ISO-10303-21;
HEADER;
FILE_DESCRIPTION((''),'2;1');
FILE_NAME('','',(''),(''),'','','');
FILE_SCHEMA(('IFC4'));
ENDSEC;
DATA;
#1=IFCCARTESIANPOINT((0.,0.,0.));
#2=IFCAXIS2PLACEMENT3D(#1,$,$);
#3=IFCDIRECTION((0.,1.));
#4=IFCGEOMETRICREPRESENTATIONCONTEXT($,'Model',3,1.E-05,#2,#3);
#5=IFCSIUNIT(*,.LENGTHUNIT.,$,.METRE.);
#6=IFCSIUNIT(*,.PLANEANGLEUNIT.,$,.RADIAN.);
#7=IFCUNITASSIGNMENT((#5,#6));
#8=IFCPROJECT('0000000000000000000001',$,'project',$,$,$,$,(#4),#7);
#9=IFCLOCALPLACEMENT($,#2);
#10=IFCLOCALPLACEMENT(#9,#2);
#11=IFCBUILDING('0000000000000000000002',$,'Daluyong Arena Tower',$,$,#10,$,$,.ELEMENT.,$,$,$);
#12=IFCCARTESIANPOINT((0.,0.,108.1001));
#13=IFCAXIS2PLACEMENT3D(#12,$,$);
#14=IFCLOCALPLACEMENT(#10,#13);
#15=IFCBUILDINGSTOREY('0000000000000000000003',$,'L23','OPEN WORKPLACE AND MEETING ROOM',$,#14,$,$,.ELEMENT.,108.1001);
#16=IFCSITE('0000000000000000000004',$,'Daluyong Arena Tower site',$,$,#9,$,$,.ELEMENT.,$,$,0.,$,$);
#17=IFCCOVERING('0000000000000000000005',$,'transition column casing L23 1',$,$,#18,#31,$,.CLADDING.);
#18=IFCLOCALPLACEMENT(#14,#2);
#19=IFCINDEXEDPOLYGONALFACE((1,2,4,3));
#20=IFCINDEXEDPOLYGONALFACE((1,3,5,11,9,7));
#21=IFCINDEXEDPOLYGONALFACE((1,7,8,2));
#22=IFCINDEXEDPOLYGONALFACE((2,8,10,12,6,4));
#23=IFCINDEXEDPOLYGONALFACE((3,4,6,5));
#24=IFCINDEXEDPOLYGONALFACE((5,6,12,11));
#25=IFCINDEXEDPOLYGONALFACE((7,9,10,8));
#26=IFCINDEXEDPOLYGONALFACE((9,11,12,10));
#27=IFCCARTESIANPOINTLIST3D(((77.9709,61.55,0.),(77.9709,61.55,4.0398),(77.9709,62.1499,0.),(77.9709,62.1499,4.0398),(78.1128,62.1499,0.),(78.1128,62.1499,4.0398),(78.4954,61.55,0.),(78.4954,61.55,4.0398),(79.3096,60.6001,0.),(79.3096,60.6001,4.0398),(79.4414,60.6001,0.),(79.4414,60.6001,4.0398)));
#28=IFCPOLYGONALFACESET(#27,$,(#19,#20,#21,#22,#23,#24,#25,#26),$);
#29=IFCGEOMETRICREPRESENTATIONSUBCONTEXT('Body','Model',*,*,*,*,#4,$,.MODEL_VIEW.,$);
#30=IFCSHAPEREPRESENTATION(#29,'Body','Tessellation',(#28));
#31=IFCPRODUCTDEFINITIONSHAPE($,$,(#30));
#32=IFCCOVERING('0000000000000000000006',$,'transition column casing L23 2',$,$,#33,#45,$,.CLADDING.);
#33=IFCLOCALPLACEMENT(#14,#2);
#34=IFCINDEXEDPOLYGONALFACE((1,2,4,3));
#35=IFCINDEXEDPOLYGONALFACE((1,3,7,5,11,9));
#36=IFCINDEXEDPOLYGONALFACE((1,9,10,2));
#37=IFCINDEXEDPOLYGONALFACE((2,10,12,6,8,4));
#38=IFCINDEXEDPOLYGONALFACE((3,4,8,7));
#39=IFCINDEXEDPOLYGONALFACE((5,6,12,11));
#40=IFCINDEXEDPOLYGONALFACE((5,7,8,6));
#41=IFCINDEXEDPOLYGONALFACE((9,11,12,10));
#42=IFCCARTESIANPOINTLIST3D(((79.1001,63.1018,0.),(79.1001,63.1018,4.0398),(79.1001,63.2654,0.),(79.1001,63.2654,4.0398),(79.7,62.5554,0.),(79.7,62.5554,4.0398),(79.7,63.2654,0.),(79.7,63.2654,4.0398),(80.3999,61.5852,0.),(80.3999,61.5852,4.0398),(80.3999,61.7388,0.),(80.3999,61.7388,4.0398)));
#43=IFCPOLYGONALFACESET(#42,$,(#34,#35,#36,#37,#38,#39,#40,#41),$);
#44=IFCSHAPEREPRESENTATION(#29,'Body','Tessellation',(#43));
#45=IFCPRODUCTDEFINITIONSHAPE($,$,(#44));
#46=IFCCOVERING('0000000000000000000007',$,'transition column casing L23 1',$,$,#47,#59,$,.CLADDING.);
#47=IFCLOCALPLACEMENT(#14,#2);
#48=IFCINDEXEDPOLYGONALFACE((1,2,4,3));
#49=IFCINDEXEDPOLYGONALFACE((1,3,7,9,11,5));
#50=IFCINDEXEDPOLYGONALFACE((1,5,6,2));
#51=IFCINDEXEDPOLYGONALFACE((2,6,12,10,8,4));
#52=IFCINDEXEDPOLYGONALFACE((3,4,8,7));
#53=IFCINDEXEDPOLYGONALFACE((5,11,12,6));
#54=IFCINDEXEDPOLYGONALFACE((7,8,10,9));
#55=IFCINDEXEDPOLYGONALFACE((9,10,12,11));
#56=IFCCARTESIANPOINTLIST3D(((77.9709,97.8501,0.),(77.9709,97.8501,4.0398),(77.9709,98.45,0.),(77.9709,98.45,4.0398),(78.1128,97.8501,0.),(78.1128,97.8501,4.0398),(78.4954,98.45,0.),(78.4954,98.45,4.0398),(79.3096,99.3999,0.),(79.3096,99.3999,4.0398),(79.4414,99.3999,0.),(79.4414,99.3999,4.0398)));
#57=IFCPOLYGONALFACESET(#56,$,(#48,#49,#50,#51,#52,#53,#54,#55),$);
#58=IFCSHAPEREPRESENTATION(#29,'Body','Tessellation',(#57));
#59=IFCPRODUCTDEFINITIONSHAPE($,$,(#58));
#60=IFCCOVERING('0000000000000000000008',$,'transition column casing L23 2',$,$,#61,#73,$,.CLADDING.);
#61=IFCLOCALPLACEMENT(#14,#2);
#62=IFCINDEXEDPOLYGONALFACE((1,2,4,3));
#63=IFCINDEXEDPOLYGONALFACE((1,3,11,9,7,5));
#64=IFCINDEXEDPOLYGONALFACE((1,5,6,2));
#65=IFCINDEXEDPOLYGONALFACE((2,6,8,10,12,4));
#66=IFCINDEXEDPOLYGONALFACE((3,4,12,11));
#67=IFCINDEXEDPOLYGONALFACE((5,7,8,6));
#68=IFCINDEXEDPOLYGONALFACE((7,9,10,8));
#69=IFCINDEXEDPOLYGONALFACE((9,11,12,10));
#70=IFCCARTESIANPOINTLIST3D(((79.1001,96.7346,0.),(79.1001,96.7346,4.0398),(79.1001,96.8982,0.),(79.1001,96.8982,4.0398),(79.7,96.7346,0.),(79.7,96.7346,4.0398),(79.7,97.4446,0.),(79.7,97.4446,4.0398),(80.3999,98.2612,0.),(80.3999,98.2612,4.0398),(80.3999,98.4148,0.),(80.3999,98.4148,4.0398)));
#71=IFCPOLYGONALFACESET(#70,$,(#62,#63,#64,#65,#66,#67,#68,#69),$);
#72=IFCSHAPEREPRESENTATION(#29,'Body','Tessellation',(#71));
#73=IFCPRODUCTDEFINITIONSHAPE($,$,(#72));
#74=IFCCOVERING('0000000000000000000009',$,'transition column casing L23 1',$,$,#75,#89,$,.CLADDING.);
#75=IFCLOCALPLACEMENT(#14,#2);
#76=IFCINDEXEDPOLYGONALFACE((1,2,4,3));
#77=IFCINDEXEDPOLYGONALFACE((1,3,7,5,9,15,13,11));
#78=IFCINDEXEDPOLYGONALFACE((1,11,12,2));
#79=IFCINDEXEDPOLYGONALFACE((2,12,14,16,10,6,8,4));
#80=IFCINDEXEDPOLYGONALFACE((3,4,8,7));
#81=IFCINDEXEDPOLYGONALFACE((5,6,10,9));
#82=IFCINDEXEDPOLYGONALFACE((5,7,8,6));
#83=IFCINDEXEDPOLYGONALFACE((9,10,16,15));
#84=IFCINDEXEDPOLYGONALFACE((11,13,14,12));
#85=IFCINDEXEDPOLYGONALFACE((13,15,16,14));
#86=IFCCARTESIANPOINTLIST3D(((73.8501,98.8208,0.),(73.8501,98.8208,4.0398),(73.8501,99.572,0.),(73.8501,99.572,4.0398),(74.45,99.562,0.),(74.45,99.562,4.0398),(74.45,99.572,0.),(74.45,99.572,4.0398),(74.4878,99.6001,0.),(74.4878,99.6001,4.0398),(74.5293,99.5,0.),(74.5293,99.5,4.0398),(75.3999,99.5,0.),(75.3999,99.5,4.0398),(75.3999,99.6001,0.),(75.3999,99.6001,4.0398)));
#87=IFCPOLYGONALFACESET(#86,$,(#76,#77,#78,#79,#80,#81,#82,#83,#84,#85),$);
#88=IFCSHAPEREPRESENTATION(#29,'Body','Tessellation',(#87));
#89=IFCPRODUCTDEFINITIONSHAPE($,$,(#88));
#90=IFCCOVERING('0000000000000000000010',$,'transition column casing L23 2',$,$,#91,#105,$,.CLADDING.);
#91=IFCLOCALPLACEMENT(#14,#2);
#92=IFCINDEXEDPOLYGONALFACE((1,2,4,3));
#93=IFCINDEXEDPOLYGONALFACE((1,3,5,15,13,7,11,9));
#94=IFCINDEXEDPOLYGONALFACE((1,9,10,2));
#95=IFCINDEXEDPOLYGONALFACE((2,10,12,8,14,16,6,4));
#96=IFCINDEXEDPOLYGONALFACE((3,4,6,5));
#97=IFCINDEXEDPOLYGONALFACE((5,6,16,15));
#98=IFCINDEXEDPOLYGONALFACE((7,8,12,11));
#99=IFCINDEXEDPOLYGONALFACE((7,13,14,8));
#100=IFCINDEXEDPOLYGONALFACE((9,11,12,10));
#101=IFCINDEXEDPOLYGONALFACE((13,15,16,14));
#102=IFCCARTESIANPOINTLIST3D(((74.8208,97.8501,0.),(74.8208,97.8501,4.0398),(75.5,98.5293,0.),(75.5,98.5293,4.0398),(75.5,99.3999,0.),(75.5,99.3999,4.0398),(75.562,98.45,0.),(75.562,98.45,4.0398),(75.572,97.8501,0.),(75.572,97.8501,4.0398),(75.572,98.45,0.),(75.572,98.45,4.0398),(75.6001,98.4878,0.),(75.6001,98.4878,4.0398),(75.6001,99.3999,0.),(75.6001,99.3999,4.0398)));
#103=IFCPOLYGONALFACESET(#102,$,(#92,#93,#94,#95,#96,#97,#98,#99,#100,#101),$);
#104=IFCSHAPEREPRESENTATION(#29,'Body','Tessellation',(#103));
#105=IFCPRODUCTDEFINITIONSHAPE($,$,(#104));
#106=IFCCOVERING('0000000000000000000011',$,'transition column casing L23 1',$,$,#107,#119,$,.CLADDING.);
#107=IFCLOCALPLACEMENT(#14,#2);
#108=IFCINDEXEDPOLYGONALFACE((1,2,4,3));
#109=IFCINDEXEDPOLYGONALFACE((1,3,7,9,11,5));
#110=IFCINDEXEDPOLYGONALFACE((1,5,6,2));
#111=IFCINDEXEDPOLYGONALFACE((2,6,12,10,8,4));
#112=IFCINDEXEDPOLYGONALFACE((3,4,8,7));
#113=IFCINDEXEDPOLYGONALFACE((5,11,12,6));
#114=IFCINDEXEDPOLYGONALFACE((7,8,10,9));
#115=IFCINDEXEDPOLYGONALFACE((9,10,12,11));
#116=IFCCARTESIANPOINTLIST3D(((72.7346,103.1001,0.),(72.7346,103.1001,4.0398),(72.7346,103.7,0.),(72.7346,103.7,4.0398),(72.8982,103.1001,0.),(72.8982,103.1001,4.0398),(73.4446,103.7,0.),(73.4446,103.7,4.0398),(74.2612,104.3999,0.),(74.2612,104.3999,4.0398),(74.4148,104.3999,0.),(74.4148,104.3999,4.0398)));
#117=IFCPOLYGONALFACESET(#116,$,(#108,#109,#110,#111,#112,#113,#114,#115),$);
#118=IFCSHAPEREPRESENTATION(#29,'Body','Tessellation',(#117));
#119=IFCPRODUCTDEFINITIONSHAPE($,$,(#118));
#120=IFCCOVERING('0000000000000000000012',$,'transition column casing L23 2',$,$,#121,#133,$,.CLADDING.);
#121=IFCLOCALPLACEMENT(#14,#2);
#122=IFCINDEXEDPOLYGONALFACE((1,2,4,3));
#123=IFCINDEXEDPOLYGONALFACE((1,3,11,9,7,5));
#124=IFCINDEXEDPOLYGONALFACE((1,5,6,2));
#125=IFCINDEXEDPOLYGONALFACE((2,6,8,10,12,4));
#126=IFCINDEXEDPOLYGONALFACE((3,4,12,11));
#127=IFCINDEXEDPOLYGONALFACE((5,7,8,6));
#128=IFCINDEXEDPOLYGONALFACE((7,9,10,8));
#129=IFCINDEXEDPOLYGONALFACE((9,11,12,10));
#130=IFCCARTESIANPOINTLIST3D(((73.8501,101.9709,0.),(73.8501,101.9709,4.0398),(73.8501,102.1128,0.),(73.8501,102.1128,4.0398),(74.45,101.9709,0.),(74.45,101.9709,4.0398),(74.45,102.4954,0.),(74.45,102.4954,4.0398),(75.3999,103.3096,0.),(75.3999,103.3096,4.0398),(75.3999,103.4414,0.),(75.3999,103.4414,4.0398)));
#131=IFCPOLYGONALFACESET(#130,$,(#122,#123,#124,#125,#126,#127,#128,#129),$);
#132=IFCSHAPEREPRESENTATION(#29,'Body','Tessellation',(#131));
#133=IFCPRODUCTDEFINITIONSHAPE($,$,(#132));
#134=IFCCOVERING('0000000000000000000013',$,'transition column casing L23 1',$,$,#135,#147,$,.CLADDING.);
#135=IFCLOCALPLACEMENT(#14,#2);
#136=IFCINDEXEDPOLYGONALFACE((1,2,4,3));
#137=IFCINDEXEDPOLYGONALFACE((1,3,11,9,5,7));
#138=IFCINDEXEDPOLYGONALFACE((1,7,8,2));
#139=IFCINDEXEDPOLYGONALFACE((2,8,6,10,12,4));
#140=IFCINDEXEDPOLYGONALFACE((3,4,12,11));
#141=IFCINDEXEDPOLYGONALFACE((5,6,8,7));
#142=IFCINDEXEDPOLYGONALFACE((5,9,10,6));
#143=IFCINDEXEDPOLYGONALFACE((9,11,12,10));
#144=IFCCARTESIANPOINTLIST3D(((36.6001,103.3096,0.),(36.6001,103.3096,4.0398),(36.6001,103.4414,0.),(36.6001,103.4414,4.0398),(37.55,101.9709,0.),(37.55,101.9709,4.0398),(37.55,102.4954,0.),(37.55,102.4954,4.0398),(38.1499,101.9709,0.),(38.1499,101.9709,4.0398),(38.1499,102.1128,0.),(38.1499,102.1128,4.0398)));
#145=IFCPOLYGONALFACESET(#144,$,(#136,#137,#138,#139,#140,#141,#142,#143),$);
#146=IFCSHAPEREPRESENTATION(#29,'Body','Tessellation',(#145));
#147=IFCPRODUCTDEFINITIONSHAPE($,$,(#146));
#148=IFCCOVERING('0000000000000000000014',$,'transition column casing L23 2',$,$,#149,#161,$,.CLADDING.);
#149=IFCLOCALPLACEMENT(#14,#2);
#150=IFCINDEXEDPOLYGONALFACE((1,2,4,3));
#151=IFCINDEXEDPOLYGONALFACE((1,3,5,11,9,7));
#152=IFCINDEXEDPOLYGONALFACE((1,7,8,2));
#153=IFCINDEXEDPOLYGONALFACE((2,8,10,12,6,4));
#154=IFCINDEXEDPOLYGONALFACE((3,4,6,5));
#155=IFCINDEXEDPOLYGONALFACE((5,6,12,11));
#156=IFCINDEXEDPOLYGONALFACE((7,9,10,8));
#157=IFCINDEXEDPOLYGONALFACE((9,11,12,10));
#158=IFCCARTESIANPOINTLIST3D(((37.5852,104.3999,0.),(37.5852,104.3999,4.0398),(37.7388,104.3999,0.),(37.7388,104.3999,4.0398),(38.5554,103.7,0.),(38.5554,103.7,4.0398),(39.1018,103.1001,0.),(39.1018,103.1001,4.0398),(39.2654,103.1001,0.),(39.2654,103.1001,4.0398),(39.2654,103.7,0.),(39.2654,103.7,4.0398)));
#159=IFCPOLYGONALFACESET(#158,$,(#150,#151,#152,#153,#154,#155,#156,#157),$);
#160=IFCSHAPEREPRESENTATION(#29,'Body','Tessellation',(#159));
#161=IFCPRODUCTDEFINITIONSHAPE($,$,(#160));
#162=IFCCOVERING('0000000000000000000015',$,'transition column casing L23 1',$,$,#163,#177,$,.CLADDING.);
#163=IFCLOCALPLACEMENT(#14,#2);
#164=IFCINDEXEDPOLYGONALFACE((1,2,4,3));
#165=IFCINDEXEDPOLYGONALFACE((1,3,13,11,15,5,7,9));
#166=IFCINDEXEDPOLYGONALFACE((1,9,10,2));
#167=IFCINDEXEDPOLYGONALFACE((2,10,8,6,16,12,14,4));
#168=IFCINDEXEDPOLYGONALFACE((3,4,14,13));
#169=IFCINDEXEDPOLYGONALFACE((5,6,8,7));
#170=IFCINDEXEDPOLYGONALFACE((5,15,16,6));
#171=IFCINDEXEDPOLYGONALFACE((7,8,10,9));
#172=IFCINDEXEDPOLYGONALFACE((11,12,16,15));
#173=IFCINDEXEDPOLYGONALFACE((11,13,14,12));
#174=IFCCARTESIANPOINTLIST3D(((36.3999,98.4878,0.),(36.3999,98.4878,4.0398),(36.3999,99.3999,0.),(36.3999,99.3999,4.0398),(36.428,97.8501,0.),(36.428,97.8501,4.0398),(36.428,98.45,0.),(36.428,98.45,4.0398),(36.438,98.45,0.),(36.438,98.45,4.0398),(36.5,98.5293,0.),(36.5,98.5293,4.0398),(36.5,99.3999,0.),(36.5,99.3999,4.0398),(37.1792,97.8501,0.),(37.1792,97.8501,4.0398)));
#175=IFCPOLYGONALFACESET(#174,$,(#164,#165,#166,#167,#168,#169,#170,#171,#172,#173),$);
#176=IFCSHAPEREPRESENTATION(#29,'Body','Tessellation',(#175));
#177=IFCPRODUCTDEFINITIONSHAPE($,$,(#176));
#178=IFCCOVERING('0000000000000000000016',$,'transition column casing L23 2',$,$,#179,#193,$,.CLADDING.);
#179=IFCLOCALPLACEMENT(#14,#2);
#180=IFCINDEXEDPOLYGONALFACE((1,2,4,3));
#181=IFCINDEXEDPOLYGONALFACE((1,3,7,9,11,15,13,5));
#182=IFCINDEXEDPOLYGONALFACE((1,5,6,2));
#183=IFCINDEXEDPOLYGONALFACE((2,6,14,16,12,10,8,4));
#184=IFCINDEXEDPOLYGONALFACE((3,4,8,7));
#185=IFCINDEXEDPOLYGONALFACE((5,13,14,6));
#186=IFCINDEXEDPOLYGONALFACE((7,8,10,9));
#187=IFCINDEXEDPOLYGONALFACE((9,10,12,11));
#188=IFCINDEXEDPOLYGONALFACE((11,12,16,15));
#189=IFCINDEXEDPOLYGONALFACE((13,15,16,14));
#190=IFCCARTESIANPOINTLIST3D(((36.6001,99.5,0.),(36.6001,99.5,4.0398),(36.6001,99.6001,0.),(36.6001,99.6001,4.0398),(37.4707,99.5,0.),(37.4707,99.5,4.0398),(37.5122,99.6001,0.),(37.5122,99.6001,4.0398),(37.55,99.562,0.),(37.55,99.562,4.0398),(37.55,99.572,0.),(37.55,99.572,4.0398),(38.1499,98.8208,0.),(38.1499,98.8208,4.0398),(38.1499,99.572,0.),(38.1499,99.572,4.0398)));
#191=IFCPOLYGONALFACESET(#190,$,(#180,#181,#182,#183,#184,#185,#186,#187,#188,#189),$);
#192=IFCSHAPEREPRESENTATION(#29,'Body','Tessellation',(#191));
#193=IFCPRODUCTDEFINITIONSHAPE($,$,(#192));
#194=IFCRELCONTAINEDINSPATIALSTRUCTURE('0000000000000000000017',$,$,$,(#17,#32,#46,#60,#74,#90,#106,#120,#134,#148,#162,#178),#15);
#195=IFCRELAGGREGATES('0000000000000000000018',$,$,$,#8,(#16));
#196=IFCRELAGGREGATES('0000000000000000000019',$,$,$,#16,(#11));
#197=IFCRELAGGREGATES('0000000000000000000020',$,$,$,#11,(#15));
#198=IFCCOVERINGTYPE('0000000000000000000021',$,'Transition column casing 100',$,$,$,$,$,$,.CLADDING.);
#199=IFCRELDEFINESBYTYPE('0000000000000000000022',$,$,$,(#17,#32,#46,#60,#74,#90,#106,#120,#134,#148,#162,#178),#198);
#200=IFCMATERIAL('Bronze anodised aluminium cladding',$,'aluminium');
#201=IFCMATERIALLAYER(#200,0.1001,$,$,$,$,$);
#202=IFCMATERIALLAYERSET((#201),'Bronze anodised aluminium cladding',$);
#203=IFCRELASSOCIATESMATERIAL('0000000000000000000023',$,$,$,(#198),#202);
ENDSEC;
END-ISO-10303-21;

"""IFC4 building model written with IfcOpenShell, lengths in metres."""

from ifc_helpers import new_model, si_unit, direction, frame, origin, place, context, subcontext, project, spatial, polyline, outline, extrude, material, layer, layer_set, type_object, element, save


model = new_model("IFC4")

# Units and contexts
model_context = context("Model", 3, precision=1e-05, world=origin(), true_north=direction((0.0, 1.0)))
body_context = subcontext(model_context, "Body", "Model", "MODEL_VIEW")
ifc_project = project(units=[si_unit("LENGTHUNIT", "METRE"), si_unit("PLANEANGLEUNIT", "RADIAN")], contexts=[model_context])

# Site, building, storey
site_placement = place(None, origin())
site = spatial("IfcSite", under=ifc_project, at=site_placement, Name="Daluyong Arena Tower site", CompositionType="ELEMENT", RefElevation=0.0)
building_placement = place(site_placement, origin())
building = spatial("IfcBuilding", under=site, at=building_placement, Name="Daluyong Arena Tower", CompositionType="ELEMENT")
storey_placement = place(building_placement, frame((0.0, 0.0, 108.1001)))
storey = spatial("IfcBuildingStorey", under=building, at=storey_placement, Name="L23", Description="OPEN WORKPLACE AND MEETING ROOM", CompositionType="ELEMENT", Elevation=108.1001)

# Coverings
ifc_material_1 = material(Name="Bronze anodised aluminium cladding", Category="aluminium")
ifc_layer_1 = layer(ifc_material_1, 0.1001)
ifc_layer_set_1 = layer_set([ifc_layer_1], Name="Bronze anodised aluminium cladding")
covering_type = type_object("IfcCoveringType", Name="Transition column casing 100", PredefinedType="CLADDING", material=ifc_layer_set_1)
covering_1_placement = place(storey_placement, origin())
element("IfcCovering", 1, at=covering_1_placement, inside=storey, type_object=covering_type, Name="transition column casing L23 1", PredefinedType="CLADDING", context=body_context, shape_type="SweptSolid", body=[
    extrude(outline(polyline([(77.9709, 62.1499), (78.1128, 62.1499), (79.4414, 60.6001), (79.3096, 60.6001), (78.4954, 61.55), (77.9709, 61.55), (77.9709, 62.1499)])), origin(), (0.0, 0.0, 1.0), 4.0398),
])
covering_2_placement = place(storey_placement, origin())
element("IfcCovering", 2, at=covering_2_placement, inside=storey, type_object=covering_type, Name="transition column casing L23 2", PredefinedType="CLADDING", context=body_context, shape_type="SweptSolid", body=[
    extrude(outline(polyline([(79.1001, 63.1018), (79.1001, 63.2654), (79.7, 63.2654), (79.7, 62.5554), (80.3999, 61.7388), (80.3999, 61.5852), (79.1001, 63.1018)])), origin(), (0.0, 0.0, 1.0), 4.0398),
])
covering_3_placement = place(storey_placement, origin())
element("IfcCovering", 3, at=covering_3_placement, inside=storey, type_object=covering_type, Name="transition column casing L23 1", PredefinedType="CLADDING", context=body_context, shape_type="SweptSolid", body=[
    extrude(outline(polyline([(77.9709, 97.8501), (77.9709, 98.45), (78.4954, 98.45), (79.3096, 99.3999), (79.4414, 99.3999), (78.1128, 97.8501), (77.9709, 97.8501)])), origin(), (0.0, 0.0, 1.0), 4.0398),
])
covering_4_placement = place(storey_placement, origin())
element("IfcCovering", 4, at=covering_4_placement, inside=storey, type_object=covering_type, Name="transition column casing L23 2", PredefinedType="CLADDING", context=body_context, shape_type="SweptSolid", body=[
    extrude(outline(polyline([(79.7, 97.4446), (79.7, 96.7346), (79.1001, 96.7346), (79.1001, 96.8982), (80.3999, 98.4148), (80.3999, 98.2612), (79.7, 97.4446)])), origin(), (0.0, 0.0, 1.0), 4.0398),
])
covering_5_placement = place(storey_placement, origin())
element("IfcCovering", 5, at=covering_5_placement, inside=storey, type_object=covering_type, Name="transition column casing L23 1", PredefinedType="CLADDING", context=body_context, shape_type="SweptSolid", body=[
    extrude(outline(polyline([(73.8501, 99.572), (74.45, 99.572), (74.45, 99.562), (74.4878, 99.6001), (75.3999, 99.6001), (75.3999, 99.5), (74.5293, 99.5), (73.8501, 98.8208), (73.8501, 99.572)])), origin(), (0.0, 0.0, 1.0), 4.0398),
])
covering_6_placement = place(storey_placement, origin())
element("IfcCovering", 6, at=covering_6_placement, inside=storey, type_object=covering_type, Name="transition column casing L23 2", PredefinedType="CLADDING", context=body_context, shape_type="SweptSolid", body=[
    extrude(outline(polyline([(75.6001, 98.4878), (75.562, 98.45), (75.572, 98.45), (75.572, 97.8501), (74.8208, 97.8501), (75.5, 98.5293), (75.5, 99.3999), (75.6001, 99.3999), (75.6001, 98.4878)])), origin(), (0.0, 0.0, 1.0), 4.0398),
])
covering_7_placement = place(storey_placement, origin())
element("IfcCovering", 7, at=covering_7_placement, inside=storey, type_object=covering_type, Name="transition column casing L23 1", PredefinedType="CLADDING", context=body_context, shape_type="SweptSolid", body=[
    extrude(outline(polyline([(72.7346, 103.1001), (72.7346, 103.7), (73.4446, 103.7), (74.2612, 104.3999), (74.4148, 104.3999), (72.8982, 103.1001), (72.7346, 103.1001)])), origin(), (0.0, 0.0, 1.0), 4.0398),
])
covering_8_placement = place(storey_placement, origin())
element("IfcCovering", 8, at=covering_8_placement, inside=storey, type_object=covering_type, Name="transition column casing L23 2", PredefinedType="CLADDING", context=body_context, shape_type="SweptSolid", body=[
    extrude(outline(polyline([(74.45, 102.4954), (74.45, 101.9709), (73.8501, 101.9709), (73.8501, 102.1128), (75.3999, 103.4414), (75.3999, 103.3096), (74.45, 102.4954)])), origin(), (0.0, 0.0, 1.0), 4.0398),
])
covering_9_placement = place(storey_placement, origin())
element("IfcCovering", 9, at=covering_9_placement, inside=storey, type_object=covering_type, Name="transition column casing L23 1", PredefinedType="CLADDING", context=body_context, shape_type="SweptSolid", body=[
    extrude(outline(polyline([(38.1499, 102.1128), (38.1499, 101.9709), (37.55, 101.9709), (37.55, 102.4954), (36.6001, 103.3096), (36.6001, 103.4414), (38.1499, 102.1128)])), origin(), (0.0, 0.0, 1.0), 4.0398),
])
covering_10_placement = place(storey_placement, origin())
element("IfcCovering", 10, at=covering_10_placement, inside=storey, type_object=covering_type, Name="transition column casing L23 2", PredefinedType="CLADDING", context=body_context, shape_type="SweptSolid", body=[
    extrude(outline(polyline([(38.5554, 103.7), (39.2654, 103.7), (39.2654, 103.1001), (39.1018, 103.1001), (37.5852, 104.3999), (37.7388, 104.3999), (38.5554, 103.7)])), origin(), (0.0, 0.0, 1.0), 4.0398),
])
covering_11_placement = place(storey_placement, origin())
element("IfcCovering", 11, at=covering_11_placement, inside=storey, type_object=covering_type, Name="transition column casing L23 1", PredefinedType="CLADDING", context=body_context, shape_type="SweptSolid", body=[
    extrude(outline(polyline([(36.428, 98.45), (36.438, 98.45), (36.3999, 98.4878), (36.3999, 99.3999), (36.5, 99.3999), (36.5, 98.5293), (37.1792, 97.8501), (36.428, 97.8501), (36.428, 98.45)])), origin(), (0.0, 0.0, 1.0), 4.0398),
])
covering_12_placement = place(storey_placement, origin())
element("IfcCovering", 12, at=covering_12_placement, inside=storey, type_object=covering_type, Name="transition column casing L23 2", PredefinedType="CLADDING", context=body_context, shape_type="SweptSolid", body=[
    extrude(outline(polyline([(37.5122, 99.6001), (37.55, 99.562), (37.55, 99.572), (38.1499, 99.572), (38.1499, 98.8208), (37.4707, 99.5), (36.6001, 99.5), (36.6001, 99.6001), (37.5122, 99.6001)])), origin(), (0.0, 0.0, 1.0), 4.0398),
])

save(model, "model.ifc")
